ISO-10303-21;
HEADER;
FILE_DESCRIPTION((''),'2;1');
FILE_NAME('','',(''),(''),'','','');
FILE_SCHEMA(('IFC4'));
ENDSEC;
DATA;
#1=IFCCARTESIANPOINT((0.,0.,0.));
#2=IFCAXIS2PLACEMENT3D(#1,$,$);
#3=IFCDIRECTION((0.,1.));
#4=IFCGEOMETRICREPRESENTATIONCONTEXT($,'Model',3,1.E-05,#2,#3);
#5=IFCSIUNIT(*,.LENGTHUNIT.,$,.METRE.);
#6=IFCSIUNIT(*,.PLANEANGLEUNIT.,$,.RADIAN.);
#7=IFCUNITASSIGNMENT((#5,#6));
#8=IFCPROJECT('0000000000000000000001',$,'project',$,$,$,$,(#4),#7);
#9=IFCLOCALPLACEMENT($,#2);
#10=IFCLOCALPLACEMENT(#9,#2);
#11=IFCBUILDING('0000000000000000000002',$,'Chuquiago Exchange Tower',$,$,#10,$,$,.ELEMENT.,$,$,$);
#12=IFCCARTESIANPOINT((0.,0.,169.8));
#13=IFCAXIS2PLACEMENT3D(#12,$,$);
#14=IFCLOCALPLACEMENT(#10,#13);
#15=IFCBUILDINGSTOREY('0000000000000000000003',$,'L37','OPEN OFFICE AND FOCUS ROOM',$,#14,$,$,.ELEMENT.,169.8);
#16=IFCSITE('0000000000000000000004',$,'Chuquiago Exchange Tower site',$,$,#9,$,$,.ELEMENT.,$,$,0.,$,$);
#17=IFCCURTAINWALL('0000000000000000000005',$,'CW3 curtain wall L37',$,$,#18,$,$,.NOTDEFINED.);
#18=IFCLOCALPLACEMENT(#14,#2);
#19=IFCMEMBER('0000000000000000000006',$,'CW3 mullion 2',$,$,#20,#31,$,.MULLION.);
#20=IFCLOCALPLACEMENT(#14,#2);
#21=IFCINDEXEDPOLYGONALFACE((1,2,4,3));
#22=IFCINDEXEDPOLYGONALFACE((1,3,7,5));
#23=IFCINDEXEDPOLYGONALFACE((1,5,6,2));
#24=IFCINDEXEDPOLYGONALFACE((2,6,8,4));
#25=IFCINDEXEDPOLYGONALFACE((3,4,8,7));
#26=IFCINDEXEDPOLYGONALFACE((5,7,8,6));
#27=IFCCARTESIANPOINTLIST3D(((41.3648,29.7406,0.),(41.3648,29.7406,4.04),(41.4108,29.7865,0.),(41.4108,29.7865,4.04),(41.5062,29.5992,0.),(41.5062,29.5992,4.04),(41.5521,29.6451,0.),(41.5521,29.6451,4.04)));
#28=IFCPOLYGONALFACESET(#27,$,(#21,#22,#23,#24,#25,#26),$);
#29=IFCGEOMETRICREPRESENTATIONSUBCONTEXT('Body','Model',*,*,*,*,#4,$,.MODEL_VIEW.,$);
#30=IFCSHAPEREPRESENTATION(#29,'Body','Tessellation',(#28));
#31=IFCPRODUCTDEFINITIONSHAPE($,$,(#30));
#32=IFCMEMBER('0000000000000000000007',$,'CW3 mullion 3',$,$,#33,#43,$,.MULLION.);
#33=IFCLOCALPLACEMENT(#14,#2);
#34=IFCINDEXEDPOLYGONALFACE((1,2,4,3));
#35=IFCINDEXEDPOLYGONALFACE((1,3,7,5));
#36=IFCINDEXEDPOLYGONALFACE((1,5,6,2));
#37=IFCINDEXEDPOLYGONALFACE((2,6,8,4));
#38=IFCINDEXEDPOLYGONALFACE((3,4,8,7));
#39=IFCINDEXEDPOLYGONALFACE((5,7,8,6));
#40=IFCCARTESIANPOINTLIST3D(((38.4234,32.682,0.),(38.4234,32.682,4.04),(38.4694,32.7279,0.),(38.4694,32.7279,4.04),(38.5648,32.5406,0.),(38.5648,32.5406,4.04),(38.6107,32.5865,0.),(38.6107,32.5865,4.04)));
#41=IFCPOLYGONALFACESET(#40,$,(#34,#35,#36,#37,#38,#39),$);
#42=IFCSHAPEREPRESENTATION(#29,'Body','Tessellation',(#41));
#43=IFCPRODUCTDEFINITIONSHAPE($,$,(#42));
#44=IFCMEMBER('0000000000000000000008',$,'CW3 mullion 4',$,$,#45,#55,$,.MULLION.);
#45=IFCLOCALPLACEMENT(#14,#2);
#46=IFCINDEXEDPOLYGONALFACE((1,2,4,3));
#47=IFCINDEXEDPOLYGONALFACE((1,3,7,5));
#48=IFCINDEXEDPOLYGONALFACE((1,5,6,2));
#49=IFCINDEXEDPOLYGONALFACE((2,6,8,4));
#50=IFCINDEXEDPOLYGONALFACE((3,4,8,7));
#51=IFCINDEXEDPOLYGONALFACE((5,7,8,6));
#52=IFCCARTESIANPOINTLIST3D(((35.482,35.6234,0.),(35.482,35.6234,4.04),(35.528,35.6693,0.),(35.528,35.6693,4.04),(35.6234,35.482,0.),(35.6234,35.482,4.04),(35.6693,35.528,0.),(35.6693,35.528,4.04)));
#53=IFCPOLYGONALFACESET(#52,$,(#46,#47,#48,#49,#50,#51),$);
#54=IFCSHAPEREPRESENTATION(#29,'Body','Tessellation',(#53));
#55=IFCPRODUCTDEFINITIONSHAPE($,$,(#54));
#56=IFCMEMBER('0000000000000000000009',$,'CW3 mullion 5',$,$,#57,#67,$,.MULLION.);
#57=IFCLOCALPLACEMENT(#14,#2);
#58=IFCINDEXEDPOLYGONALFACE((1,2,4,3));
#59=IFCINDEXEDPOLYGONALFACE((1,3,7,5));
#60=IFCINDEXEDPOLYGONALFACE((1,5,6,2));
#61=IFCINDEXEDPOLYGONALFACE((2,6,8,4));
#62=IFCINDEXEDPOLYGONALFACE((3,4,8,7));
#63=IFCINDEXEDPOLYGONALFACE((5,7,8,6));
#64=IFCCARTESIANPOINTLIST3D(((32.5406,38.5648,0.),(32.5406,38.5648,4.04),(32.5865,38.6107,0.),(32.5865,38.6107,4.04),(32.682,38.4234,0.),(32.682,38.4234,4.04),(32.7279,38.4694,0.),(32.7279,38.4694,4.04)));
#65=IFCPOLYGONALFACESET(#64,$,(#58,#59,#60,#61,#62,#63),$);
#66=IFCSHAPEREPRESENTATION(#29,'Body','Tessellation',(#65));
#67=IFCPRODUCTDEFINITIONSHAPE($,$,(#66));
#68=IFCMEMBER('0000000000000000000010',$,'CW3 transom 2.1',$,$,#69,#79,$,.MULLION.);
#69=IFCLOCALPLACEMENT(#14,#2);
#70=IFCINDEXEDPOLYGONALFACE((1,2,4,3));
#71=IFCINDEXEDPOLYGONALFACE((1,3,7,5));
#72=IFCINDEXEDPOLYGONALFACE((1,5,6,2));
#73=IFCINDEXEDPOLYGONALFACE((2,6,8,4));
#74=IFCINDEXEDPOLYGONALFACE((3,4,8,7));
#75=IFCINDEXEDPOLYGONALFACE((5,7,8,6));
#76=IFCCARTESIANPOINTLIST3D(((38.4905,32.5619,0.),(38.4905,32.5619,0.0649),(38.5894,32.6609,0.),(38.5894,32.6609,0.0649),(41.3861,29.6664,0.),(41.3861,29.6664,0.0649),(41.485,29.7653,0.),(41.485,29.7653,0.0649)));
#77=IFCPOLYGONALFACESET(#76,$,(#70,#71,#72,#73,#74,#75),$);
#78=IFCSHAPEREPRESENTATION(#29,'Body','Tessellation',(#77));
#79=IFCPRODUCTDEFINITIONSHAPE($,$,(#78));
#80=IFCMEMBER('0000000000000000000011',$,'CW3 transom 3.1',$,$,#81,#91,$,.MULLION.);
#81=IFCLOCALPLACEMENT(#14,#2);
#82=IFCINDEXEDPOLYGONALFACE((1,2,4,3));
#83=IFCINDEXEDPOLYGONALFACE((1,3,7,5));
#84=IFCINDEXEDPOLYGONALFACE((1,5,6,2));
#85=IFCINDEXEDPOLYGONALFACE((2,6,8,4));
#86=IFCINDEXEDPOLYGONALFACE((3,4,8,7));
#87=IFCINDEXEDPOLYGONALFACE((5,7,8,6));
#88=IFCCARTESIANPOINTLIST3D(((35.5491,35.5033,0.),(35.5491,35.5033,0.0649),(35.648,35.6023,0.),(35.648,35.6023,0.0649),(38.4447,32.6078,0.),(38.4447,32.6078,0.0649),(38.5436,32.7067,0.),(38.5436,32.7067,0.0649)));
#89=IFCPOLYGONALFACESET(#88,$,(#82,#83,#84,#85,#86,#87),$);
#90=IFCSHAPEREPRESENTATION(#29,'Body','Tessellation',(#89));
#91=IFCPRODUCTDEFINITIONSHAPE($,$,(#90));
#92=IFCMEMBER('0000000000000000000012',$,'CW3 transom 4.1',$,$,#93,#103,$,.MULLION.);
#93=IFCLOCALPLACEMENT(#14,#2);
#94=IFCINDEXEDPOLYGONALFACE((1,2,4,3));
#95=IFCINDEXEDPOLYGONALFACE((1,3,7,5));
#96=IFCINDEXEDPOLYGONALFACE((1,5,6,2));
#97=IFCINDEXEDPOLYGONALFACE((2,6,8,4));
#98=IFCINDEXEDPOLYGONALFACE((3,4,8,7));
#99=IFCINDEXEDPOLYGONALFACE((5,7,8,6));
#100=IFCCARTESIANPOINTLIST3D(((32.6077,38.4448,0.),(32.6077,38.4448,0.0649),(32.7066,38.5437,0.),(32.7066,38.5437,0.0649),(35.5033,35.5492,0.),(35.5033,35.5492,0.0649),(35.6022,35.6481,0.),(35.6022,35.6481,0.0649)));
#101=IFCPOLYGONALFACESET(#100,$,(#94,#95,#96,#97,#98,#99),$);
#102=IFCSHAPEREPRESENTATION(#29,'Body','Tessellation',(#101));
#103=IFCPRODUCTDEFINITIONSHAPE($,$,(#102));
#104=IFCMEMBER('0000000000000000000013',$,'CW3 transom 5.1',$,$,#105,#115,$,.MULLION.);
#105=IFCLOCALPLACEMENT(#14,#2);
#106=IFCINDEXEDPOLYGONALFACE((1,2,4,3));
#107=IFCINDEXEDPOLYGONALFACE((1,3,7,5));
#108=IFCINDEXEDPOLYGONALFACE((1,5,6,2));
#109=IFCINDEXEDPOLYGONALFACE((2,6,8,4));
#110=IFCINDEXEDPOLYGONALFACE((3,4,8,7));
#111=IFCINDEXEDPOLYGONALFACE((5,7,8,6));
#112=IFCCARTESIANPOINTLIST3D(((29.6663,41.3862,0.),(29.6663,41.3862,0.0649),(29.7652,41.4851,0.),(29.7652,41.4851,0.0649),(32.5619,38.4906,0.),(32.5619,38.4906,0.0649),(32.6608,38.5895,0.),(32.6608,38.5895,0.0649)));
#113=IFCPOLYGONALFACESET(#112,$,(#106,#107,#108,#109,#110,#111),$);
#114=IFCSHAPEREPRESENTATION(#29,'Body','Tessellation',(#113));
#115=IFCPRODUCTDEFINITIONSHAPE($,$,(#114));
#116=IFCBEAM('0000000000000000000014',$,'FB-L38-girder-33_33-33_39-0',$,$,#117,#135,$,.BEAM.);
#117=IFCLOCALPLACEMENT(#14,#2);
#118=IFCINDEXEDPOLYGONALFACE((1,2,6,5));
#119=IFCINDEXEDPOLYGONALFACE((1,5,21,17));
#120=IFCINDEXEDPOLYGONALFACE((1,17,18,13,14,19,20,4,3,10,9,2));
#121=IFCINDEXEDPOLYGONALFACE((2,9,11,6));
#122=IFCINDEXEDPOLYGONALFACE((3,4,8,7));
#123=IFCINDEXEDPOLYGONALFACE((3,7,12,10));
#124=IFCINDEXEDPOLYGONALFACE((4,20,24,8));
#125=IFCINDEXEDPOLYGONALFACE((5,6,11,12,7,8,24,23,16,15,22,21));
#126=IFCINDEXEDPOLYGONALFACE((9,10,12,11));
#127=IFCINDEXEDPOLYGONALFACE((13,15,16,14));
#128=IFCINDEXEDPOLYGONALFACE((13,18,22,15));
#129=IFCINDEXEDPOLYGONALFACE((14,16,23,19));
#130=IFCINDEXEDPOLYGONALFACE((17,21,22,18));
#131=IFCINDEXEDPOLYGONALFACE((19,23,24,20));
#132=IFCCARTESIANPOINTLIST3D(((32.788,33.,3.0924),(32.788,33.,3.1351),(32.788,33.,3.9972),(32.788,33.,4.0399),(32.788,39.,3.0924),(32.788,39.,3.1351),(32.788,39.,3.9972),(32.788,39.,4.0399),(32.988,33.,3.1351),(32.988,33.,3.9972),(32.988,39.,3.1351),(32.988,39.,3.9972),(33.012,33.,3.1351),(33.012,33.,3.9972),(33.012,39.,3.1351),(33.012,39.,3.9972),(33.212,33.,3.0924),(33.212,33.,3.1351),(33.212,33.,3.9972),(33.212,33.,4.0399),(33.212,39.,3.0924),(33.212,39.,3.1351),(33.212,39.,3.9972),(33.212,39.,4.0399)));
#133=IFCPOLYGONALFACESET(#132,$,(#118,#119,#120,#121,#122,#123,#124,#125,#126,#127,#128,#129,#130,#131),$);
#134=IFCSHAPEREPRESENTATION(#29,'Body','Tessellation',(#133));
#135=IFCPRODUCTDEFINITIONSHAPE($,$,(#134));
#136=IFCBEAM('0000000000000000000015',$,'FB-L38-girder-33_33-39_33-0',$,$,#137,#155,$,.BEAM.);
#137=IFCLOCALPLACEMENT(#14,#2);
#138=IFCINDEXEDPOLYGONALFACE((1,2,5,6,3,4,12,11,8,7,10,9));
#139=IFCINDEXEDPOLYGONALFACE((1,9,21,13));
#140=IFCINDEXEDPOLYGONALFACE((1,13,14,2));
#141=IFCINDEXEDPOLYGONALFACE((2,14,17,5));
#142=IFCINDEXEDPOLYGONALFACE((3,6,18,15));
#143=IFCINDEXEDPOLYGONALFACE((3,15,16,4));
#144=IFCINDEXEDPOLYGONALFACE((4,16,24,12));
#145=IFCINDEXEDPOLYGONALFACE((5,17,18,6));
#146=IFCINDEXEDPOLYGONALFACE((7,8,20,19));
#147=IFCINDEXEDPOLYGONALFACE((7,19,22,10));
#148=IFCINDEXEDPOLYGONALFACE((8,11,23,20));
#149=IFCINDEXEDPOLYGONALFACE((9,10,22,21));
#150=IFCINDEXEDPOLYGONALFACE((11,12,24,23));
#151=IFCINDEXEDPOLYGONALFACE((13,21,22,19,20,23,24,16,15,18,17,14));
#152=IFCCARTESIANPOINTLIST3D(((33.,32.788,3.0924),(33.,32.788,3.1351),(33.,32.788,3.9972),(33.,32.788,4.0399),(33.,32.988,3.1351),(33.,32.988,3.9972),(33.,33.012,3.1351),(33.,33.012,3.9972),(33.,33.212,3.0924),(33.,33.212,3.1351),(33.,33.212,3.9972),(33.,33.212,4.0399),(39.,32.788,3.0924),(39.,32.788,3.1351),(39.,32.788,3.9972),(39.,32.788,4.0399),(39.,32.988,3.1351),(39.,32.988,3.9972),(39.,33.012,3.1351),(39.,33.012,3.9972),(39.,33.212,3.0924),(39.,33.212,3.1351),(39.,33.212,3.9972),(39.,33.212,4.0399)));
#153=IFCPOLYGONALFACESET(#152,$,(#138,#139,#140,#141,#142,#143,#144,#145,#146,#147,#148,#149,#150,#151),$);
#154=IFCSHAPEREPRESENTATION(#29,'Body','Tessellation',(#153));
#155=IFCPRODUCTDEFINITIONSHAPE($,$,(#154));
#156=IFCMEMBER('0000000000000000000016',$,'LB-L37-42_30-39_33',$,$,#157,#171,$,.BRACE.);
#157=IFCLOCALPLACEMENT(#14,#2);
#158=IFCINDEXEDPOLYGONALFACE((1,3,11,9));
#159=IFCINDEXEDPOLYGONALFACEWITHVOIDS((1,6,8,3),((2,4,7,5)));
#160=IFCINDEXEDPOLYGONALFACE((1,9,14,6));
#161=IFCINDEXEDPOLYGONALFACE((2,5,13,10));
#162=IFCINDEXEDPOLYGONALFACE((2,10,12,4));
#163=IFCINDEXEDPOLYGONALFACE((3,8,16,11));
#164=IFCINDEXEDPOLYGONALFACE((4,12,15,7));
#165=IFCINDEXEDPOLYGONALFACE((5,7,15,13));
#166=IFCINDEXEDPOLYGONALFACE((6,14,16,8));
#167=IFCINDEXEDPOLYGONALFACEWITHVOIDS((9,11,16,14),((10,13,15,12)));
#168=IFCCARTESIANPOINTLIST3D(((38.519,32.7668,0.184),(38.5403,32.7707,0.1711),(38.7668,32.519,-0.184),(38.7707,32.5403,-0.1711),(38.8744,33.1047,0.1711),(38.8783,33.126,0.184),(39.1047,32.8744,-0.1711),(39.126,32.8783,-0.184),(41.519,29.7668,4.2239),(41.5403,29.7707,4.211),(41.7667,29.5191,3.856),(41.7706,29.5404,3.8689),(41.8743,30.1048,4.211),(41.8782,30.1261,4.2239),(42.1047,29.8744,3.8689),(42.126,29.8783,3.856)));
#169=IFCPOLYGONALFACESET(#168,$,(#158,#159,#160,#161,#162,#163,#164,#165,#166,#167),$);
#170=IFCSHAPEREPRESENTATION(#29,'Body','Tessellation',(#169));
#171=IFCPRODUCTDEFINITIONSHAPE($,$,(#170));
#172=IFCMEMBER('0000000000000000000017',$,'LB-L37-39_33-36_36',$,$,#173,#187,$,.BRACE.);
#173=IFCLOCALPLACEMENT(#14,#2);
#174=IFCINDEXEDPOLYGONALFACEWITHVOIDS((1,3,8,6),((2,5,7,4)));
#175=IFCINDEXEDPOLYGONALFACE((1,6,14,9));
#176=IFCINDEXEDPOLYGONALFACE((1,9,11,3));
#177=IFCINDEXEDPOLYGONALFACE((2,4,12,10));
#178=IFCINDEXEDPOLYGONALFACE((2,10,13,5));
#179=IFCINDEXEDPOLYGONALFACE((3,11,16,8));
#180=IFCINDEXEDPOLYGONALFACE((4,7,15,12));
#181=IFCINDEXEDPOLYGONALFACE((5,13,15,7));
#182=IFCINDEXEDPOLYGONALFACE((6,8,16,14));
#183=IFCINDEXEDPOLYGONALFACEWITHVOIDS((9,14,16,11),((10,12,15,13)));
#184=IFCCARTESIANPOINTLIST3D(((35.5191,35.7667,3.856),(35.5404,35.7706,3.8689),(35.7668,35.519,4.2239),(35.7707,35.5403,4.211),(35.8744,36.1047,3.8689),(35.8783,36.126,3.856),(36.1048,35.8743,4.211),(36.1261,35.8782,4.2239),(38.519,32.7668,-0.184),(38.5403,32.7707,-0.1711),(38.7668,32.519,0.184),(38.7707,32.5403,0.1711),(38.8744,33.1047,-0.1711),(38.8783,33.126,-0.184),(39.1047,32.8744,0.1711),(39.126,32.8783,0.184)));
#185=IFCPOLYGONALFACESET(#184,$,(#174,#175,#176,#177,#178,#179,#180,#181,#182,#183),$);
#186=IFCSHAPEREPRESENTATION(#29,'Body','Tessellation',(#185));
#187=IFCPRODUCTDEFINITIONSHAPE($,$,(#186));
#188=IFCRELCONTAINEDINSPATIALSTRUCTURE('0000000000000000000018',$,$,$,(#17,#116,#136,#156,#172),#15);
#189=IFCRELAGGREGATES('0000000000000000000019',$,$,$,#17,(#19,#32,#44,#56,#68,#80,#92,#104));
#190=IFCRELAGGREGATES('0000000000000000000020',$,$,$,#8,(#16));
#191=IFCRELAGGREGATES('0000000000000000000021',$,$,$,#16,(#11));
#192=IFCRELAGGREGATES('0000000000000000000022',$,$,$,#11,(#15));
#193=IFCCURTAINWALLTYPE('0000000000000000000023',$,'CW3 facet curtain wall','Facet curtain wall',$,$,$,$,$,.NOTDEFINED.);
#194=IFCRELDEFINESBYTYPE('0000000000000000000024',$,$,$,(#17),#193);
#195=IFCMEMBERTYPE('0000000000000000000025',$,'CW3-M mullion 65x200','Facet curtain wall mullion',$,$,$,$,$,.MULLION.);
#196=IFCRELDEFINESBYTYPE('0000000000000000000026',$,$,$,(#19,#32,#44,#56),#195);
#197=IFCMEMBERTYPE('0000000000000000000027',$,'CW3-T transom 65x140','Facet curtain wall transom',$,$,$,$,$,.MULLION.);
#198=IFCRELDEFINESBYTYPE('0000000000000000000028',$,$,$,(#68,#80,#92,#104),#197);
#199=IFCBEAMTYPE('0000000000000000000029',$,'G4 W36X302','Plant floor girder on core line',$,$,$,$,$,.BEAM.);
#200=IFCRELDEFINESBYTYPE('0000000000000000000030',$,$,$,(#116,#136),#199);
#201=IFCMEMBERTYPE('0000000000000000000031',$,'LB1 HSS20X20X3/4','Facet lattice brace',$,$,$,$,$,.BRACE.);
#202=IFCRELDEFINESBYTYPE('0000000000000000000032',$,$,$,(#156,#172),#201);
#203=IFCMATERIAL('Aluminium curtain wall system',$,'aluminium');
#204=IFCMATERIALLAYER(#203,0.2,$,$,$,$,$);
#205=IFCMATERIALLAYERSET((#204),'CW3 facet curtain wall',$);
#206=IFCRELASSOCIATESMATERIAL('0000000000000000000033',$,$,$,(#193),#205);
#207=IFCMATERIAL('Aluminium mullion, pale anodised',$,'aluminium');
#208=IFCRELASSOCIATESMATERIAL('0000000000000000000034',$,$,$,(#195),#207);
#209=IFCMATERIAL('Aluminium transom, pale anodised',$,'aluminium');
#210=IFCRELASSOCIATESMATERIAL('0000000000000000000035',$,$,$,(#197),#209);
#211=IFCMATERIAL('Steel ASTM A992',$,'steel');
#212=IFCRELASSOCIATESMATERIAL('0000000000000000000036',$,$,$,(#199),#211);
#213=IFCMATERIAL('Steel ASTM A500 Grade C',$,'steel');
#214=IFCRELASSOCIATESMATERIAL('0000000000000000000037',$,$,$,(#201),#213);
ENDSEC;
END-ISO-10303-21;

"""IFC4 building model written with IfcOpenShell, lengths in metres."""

from ifc_helpers import new_model, si_unit, direction, frame, origin, origin_2d, place, context, subcontext, project, spatial, rectangle, hollow_rectangle, i_section, extrude, material, layer, layer_set, material_profile, profile_set, type_object, element, aggregate, save


model = new_model("IFC4")

# Units and contexts
model_context = context("Model", 3, precision=1e-05, world=origin(), true_north=direction((0.0, 1.0)))
body_context = subcontext(model_context, "Body", "Model", "MODEL_VIEW")
ifc_project = project(units=[si_unit("LENGTHUNIT", "METRE"), si_unit("PLANEANGLEUNIT", "RADIAN")], contexts=[model_context])

# Site, building, storey
site_placement = place(None, origin())
site = spatial("IfcSite", under=ifc_project, at=site_placement, Name="Chuquiago Exchange Tower site", CompositionType="ELEMENT", RefElevation=0.0)
building_placement = place(site_placement, origin())
building = spatial("IfcBuilding", under=site, at=building_placement, Name="Chuquiago Exchange Tower", CompositionType="ELEMENT")
storey_placement = place(building_placement, frame((0.0, 0.0, 169.8)))
storey = spatial("IfcBuildingStorey", under=building, at=storey_placement, Name="L37", Description="OPEN OFFICE AND FOCUS ROOM", CompositionType="ELEMENT", Elevation=169.8)

# Curtain wall, members
ifc_material_1 = material(Name="Aluminium curtain wall system", Category="aluminium")
ifc_layer_1 = layer(ifc_material_1, 0.2)
ifc_layer_set_1 = layer_set([ifc_layer_1], Name="CW3 facet curtain wall")
curtain_wall_type = type_object("IfcCurtainWallType", Name="CW3 facet curtain wall", Description="Facet curtain wall", PredefinedType="NOTDEFINED", material=ifc_layer_set_1)
curtain_wall_placement = place(storey_placement, origin())
curtain_wall = element("IfcCurtainWall", 1, at=curtain_wall_placement, inside=storey, type_object=curtain_wall_type, Name="CW3 curtain wall L37", PredefinedType="NOTDEFINED")
ifc_material_2 = material(Name="Aluminium mullion, pale anodised", Category="aluminium")
ifc_material_profile_1 = material_profile(ifc_material_2, rectangle(XDim=0.0649, YDim=0.2, at=origin_2d()), Name="AL 65x200")
ifc_profile_set_1 = profile_set([ifc_material_profile_1], Name="Aluminium mullion, pale anodised")
member_type_1 = type_object("IfcMemberType", Name="CW3-M mullion 65x200", Description="Facet curtain wall mullion", PredefinedType="MULLION", material=ifc_profile_set_1)
member_1_placement = place(storey_placement, frame((41.4585, 29.6929, 0.0), z_axis=(0.0, 0.0, 1.0), x_axis=(-0.707107, -0.707107, 0.0)))
member_1 = element("IfcMember", 2, at=member_1_placement, type_object=member_type_1, Name="CW3 mullion 2", PredefinedType="MULLION", context=body_context, shape_type="SweptSolid", body=[
    extrude(rectangle(XDim=0.0649, YDim=0.2, at=origin_2d()), origin(), (0.0, 0.0, 1.0), 4.04),
])
member_2_placement = place(storey_placement, frame((38.5171, 32.6343, 0.0), z_axis=(0.0, 0.0, 1.0), x_axis=(-0.707107, -0.707107, 0.0)))
member_2 = element("IfcMember", 3, at=member_2_placement, type_object=member_type_1, Name="CW3 mullion 3", PredefinedType="MULLION", context=body_context, shape_type="SweptSolid", body=[
    extrude(rectangle(XDim=0.0649, YDim=0.2, at=origin_2d()), origin(), (0.0, 0.0, 1.0), 4.04),
])
member_3_placement = place(storey_placement, frame((35.5757, 35.5757, 0.0), z_axis=(0.0, 0.0, 1.0), x_axis=(-0.707107, -0.707107, 0.0)))
member_3 = element("IfcMember", 4, at=member_3_placement, type_object=member_type_1, Name="CW3 mullion 4", PredefinedType="MULLION", context=body_context, shape_type="SweptSolid", body=[
    extrude(rectangle(XDim=0.0649, YDim=0.2, at=origin_2d()), origin(), (0.0, 0.0, 1.0), 4.04),
])
member_4_placement = place(storey_placement, frame((32.6343, 38.5171, 0.0), z_axis=(0.0, 0.0, 1.0), x_axis=(-0.707107, -0.707107, 0.0)))
member_4 = element("IfcMember", 5, at=member_4_placement, type_object=member_type_1, Name="CW3 mullion 5", PredefinedType="MULLION", context=body_context, shape_type="SweptSolid", body=[
    extrude(rectangle(XDim=0.0649, YDim=0.2, at=origin_2d()), origin(), (0.0, 0.0, 1.0), 4.04),
])
ifc_material_3 = material(Name="Aluminium transom, pale anodised", Category="aluminium")
ifc_material_profile_2 = material_profile(ifc_material_3, rectangle(XDim=0.1399, YDim=0.0649, at=origin_2d()), Name="AL 140x65")
ifc_profile_set_2 = profile_set([ifc_material_profile_2], Name="Aluminium transom, pale anodised")
member_type_2 = type_object("IfcMemberType", Name="CW3-T transom 65x140", Description="Facet curtain wall transom", PredefinedType="MULLION", material=ifc_profile_set_2)
member_5_placement = place(storey_placement, frame((41.4355, 29.7158, 0.0325), z_axis=(-0.707107, 0.707107, 0.0), x_axis=(-0.707107, -0.707107, 0.0)))
member_5 = element("IfcMember", 6, at=member_5_placement, type_object=member_type_2, Name="CW3 transom 2.1", PredefinedType="MULLION", context=body_context, shape_type="SweptSolid", body=[
    extrude(rectangle(XDim=0.1399, YDim=0.0649, at=origin_2d()), origin(), (0.0, 0.0, 1.0), 4.095),
])
member_6_placement = place(storey_placement, frame((38.4941, 32.6572, 0.0325), z_axis=(-0.707107, 0.707107, 0.0), x_axis=(-0.707107, -0.707107, 0.0)))
member_6 = element("IfcMember", 7, at=member_6_placement, type_object=member_type_2, Name="CW3 transom 3.1", PredefinedType="MULLION", context=body_context, shape_type="SweptSolid", body=[
    extrude(rectangle(XDim=0.1399, YDim=0.0649, at=origin_2d()), origin(), (0.0, 0.0, 1.0), 4.095),
])
member_7_placement = place(storey_placement, frame((35.5527, 35.5986, 0.0325), z_axis=(-0.707107, 0.707107, 0.0), x_axis=(-0.707107, -0.707107, 0.0)))
member_7 = element("IfcMember", 8, at=member_7_placement, type_object=member_type_2, Name="CW3 transom 4.1", PredefinedType="MULLION", context=body_context, shape_type="SweptSolid", body=[
    extrude(rectangle(XDim=0.1399, YDim=0.0649, at=origin_2d()), origin(), (0.0, 0.0, 1.0), 4.095),
])
member_8_placement = place(storey_placement, frame((32.6113, 38.54, 0.0325), z_axis=(-0.707107, 0.707107, 0.0), x_axis=(-0.707107, -0.707107, 0.0)))
member_8 = element("IfcMember", 9, at=member_8_placement, type_object=member_type_2, Name="CW3 transom 5.1", PredefinedType="MULLION", context=body_context, shape_type="SweptSolid", body=[
    extrude(rectangle(XDim=0.1399, YDim=0.0649, at=origin_2d()), origin(), (0.0, 0.0, 1.0), 4.095),
])

# Beams
ifc_material_4 = material(Name="Steel ASTM A992", Category="steel")
ifc_material_profile_3 = material_profile(ifc_material_4, i_section(OverallWidth=0.4241, OverallDepth=0.9475, WebThickness=0.0239, FlangeThickness=0.0427, at=origin_2d()), Name="W36X302")
ifc_profile_set_3 = profile_set([ifc_material_profile_3], Name="Steel ASTM A992")
beam_type_1 = type_object("IfcBeamType", Name="G4 W36X302", Description="Plant floor girder on core line", PredefinedType="BEAM", material=ifc_profile_set_3)
for number, where, z_axis, x_axis, name in (
    (10, (33.0, 33.0, 3.5662), (0.0, 1.0, 0.0), (-1.0, 0.0, 0.0), "FB-L38-girder-33_33-33_39-0"),
    (11, (33.0, 33.0, 3.5662), (1.0, 0.0, 0.0), (0.0, 1.0, 0.0), "FB-L38-girder-33_33-39_33-0"),
):
    element("IfcBeam", number, at=place(storey_placement, frame(where, z_axis=z_axis, x_axis=x_axis)), inside=storey, type_object=beam_type_1, Name=name, PredefinedType="BEAM", context=body_context, shape_type="SweptSolid", body=[
        extrude(i_section(OverallWidth=0.4241, OverallDepth=0.9475, WebThickness=0.0239, FlangeThickness=0.0427, at=origin_2d()), origin(), (0.0, 0.0, 1.0), 6.0),
    ])

# Members
ifc_material_5 = material(Name="Steel ASTM A500 Grade C", Category="steel")
ifc_material_profile_4 = material_profile(ifc_material_5, hollow_rectangle(XDim=0.5081, YDim=0.5081, WallThickness=0.0178, at=origin_2d()), Name="HSS20X20X3/4")
ifc_profile_set_4 = profile_set([ifc_material_profile_4], Name="Steel ASTM A500 Grade C")
member_type_3 = type_object("IfcMemberType", Name="LB1 HSS20X20X3/4", Description="Facet lattice brace", PredefinedType="BRACE", material=ifc_profile_set_4)
for number, where, z_axis, x_axis, name in (
    (12, (38.8225, 32.8225, 0.0), (0.512077, -0.512077, 0.689604), (0.707107, 0.707107, 0.0), "LB-L37-42_30-39_33"),
    (13, (38.8225, 32.8225, 0.0), (-0.512077, 0.512077, 0.689604), (-0.707107, -0.707107, 0.0), "LB-L37-39_33-36_36"),
):
    element("IfcMember", number, at=place(storey_placement, frame(where, z_axis=z_axis, x_axis=x_axis)), inside=storey, type_object=member_type_3, Name=name, PredefinedType="BRACE", context=body_context, shape_type="SweptSolid", body=[
        extrude(hollow_rectangle(XDim=0.5081, YDim=0.5081, WallThickness=0.0178, at=origin_2d()), origin(), (0.0, 0.0, 1.0), 5.8584),
    ])

aggregate(curtain_wall, [member_1, member_2, member_3, member_4, member_5, member_6, member_7, member_8])

save(model, "model.ifc")
